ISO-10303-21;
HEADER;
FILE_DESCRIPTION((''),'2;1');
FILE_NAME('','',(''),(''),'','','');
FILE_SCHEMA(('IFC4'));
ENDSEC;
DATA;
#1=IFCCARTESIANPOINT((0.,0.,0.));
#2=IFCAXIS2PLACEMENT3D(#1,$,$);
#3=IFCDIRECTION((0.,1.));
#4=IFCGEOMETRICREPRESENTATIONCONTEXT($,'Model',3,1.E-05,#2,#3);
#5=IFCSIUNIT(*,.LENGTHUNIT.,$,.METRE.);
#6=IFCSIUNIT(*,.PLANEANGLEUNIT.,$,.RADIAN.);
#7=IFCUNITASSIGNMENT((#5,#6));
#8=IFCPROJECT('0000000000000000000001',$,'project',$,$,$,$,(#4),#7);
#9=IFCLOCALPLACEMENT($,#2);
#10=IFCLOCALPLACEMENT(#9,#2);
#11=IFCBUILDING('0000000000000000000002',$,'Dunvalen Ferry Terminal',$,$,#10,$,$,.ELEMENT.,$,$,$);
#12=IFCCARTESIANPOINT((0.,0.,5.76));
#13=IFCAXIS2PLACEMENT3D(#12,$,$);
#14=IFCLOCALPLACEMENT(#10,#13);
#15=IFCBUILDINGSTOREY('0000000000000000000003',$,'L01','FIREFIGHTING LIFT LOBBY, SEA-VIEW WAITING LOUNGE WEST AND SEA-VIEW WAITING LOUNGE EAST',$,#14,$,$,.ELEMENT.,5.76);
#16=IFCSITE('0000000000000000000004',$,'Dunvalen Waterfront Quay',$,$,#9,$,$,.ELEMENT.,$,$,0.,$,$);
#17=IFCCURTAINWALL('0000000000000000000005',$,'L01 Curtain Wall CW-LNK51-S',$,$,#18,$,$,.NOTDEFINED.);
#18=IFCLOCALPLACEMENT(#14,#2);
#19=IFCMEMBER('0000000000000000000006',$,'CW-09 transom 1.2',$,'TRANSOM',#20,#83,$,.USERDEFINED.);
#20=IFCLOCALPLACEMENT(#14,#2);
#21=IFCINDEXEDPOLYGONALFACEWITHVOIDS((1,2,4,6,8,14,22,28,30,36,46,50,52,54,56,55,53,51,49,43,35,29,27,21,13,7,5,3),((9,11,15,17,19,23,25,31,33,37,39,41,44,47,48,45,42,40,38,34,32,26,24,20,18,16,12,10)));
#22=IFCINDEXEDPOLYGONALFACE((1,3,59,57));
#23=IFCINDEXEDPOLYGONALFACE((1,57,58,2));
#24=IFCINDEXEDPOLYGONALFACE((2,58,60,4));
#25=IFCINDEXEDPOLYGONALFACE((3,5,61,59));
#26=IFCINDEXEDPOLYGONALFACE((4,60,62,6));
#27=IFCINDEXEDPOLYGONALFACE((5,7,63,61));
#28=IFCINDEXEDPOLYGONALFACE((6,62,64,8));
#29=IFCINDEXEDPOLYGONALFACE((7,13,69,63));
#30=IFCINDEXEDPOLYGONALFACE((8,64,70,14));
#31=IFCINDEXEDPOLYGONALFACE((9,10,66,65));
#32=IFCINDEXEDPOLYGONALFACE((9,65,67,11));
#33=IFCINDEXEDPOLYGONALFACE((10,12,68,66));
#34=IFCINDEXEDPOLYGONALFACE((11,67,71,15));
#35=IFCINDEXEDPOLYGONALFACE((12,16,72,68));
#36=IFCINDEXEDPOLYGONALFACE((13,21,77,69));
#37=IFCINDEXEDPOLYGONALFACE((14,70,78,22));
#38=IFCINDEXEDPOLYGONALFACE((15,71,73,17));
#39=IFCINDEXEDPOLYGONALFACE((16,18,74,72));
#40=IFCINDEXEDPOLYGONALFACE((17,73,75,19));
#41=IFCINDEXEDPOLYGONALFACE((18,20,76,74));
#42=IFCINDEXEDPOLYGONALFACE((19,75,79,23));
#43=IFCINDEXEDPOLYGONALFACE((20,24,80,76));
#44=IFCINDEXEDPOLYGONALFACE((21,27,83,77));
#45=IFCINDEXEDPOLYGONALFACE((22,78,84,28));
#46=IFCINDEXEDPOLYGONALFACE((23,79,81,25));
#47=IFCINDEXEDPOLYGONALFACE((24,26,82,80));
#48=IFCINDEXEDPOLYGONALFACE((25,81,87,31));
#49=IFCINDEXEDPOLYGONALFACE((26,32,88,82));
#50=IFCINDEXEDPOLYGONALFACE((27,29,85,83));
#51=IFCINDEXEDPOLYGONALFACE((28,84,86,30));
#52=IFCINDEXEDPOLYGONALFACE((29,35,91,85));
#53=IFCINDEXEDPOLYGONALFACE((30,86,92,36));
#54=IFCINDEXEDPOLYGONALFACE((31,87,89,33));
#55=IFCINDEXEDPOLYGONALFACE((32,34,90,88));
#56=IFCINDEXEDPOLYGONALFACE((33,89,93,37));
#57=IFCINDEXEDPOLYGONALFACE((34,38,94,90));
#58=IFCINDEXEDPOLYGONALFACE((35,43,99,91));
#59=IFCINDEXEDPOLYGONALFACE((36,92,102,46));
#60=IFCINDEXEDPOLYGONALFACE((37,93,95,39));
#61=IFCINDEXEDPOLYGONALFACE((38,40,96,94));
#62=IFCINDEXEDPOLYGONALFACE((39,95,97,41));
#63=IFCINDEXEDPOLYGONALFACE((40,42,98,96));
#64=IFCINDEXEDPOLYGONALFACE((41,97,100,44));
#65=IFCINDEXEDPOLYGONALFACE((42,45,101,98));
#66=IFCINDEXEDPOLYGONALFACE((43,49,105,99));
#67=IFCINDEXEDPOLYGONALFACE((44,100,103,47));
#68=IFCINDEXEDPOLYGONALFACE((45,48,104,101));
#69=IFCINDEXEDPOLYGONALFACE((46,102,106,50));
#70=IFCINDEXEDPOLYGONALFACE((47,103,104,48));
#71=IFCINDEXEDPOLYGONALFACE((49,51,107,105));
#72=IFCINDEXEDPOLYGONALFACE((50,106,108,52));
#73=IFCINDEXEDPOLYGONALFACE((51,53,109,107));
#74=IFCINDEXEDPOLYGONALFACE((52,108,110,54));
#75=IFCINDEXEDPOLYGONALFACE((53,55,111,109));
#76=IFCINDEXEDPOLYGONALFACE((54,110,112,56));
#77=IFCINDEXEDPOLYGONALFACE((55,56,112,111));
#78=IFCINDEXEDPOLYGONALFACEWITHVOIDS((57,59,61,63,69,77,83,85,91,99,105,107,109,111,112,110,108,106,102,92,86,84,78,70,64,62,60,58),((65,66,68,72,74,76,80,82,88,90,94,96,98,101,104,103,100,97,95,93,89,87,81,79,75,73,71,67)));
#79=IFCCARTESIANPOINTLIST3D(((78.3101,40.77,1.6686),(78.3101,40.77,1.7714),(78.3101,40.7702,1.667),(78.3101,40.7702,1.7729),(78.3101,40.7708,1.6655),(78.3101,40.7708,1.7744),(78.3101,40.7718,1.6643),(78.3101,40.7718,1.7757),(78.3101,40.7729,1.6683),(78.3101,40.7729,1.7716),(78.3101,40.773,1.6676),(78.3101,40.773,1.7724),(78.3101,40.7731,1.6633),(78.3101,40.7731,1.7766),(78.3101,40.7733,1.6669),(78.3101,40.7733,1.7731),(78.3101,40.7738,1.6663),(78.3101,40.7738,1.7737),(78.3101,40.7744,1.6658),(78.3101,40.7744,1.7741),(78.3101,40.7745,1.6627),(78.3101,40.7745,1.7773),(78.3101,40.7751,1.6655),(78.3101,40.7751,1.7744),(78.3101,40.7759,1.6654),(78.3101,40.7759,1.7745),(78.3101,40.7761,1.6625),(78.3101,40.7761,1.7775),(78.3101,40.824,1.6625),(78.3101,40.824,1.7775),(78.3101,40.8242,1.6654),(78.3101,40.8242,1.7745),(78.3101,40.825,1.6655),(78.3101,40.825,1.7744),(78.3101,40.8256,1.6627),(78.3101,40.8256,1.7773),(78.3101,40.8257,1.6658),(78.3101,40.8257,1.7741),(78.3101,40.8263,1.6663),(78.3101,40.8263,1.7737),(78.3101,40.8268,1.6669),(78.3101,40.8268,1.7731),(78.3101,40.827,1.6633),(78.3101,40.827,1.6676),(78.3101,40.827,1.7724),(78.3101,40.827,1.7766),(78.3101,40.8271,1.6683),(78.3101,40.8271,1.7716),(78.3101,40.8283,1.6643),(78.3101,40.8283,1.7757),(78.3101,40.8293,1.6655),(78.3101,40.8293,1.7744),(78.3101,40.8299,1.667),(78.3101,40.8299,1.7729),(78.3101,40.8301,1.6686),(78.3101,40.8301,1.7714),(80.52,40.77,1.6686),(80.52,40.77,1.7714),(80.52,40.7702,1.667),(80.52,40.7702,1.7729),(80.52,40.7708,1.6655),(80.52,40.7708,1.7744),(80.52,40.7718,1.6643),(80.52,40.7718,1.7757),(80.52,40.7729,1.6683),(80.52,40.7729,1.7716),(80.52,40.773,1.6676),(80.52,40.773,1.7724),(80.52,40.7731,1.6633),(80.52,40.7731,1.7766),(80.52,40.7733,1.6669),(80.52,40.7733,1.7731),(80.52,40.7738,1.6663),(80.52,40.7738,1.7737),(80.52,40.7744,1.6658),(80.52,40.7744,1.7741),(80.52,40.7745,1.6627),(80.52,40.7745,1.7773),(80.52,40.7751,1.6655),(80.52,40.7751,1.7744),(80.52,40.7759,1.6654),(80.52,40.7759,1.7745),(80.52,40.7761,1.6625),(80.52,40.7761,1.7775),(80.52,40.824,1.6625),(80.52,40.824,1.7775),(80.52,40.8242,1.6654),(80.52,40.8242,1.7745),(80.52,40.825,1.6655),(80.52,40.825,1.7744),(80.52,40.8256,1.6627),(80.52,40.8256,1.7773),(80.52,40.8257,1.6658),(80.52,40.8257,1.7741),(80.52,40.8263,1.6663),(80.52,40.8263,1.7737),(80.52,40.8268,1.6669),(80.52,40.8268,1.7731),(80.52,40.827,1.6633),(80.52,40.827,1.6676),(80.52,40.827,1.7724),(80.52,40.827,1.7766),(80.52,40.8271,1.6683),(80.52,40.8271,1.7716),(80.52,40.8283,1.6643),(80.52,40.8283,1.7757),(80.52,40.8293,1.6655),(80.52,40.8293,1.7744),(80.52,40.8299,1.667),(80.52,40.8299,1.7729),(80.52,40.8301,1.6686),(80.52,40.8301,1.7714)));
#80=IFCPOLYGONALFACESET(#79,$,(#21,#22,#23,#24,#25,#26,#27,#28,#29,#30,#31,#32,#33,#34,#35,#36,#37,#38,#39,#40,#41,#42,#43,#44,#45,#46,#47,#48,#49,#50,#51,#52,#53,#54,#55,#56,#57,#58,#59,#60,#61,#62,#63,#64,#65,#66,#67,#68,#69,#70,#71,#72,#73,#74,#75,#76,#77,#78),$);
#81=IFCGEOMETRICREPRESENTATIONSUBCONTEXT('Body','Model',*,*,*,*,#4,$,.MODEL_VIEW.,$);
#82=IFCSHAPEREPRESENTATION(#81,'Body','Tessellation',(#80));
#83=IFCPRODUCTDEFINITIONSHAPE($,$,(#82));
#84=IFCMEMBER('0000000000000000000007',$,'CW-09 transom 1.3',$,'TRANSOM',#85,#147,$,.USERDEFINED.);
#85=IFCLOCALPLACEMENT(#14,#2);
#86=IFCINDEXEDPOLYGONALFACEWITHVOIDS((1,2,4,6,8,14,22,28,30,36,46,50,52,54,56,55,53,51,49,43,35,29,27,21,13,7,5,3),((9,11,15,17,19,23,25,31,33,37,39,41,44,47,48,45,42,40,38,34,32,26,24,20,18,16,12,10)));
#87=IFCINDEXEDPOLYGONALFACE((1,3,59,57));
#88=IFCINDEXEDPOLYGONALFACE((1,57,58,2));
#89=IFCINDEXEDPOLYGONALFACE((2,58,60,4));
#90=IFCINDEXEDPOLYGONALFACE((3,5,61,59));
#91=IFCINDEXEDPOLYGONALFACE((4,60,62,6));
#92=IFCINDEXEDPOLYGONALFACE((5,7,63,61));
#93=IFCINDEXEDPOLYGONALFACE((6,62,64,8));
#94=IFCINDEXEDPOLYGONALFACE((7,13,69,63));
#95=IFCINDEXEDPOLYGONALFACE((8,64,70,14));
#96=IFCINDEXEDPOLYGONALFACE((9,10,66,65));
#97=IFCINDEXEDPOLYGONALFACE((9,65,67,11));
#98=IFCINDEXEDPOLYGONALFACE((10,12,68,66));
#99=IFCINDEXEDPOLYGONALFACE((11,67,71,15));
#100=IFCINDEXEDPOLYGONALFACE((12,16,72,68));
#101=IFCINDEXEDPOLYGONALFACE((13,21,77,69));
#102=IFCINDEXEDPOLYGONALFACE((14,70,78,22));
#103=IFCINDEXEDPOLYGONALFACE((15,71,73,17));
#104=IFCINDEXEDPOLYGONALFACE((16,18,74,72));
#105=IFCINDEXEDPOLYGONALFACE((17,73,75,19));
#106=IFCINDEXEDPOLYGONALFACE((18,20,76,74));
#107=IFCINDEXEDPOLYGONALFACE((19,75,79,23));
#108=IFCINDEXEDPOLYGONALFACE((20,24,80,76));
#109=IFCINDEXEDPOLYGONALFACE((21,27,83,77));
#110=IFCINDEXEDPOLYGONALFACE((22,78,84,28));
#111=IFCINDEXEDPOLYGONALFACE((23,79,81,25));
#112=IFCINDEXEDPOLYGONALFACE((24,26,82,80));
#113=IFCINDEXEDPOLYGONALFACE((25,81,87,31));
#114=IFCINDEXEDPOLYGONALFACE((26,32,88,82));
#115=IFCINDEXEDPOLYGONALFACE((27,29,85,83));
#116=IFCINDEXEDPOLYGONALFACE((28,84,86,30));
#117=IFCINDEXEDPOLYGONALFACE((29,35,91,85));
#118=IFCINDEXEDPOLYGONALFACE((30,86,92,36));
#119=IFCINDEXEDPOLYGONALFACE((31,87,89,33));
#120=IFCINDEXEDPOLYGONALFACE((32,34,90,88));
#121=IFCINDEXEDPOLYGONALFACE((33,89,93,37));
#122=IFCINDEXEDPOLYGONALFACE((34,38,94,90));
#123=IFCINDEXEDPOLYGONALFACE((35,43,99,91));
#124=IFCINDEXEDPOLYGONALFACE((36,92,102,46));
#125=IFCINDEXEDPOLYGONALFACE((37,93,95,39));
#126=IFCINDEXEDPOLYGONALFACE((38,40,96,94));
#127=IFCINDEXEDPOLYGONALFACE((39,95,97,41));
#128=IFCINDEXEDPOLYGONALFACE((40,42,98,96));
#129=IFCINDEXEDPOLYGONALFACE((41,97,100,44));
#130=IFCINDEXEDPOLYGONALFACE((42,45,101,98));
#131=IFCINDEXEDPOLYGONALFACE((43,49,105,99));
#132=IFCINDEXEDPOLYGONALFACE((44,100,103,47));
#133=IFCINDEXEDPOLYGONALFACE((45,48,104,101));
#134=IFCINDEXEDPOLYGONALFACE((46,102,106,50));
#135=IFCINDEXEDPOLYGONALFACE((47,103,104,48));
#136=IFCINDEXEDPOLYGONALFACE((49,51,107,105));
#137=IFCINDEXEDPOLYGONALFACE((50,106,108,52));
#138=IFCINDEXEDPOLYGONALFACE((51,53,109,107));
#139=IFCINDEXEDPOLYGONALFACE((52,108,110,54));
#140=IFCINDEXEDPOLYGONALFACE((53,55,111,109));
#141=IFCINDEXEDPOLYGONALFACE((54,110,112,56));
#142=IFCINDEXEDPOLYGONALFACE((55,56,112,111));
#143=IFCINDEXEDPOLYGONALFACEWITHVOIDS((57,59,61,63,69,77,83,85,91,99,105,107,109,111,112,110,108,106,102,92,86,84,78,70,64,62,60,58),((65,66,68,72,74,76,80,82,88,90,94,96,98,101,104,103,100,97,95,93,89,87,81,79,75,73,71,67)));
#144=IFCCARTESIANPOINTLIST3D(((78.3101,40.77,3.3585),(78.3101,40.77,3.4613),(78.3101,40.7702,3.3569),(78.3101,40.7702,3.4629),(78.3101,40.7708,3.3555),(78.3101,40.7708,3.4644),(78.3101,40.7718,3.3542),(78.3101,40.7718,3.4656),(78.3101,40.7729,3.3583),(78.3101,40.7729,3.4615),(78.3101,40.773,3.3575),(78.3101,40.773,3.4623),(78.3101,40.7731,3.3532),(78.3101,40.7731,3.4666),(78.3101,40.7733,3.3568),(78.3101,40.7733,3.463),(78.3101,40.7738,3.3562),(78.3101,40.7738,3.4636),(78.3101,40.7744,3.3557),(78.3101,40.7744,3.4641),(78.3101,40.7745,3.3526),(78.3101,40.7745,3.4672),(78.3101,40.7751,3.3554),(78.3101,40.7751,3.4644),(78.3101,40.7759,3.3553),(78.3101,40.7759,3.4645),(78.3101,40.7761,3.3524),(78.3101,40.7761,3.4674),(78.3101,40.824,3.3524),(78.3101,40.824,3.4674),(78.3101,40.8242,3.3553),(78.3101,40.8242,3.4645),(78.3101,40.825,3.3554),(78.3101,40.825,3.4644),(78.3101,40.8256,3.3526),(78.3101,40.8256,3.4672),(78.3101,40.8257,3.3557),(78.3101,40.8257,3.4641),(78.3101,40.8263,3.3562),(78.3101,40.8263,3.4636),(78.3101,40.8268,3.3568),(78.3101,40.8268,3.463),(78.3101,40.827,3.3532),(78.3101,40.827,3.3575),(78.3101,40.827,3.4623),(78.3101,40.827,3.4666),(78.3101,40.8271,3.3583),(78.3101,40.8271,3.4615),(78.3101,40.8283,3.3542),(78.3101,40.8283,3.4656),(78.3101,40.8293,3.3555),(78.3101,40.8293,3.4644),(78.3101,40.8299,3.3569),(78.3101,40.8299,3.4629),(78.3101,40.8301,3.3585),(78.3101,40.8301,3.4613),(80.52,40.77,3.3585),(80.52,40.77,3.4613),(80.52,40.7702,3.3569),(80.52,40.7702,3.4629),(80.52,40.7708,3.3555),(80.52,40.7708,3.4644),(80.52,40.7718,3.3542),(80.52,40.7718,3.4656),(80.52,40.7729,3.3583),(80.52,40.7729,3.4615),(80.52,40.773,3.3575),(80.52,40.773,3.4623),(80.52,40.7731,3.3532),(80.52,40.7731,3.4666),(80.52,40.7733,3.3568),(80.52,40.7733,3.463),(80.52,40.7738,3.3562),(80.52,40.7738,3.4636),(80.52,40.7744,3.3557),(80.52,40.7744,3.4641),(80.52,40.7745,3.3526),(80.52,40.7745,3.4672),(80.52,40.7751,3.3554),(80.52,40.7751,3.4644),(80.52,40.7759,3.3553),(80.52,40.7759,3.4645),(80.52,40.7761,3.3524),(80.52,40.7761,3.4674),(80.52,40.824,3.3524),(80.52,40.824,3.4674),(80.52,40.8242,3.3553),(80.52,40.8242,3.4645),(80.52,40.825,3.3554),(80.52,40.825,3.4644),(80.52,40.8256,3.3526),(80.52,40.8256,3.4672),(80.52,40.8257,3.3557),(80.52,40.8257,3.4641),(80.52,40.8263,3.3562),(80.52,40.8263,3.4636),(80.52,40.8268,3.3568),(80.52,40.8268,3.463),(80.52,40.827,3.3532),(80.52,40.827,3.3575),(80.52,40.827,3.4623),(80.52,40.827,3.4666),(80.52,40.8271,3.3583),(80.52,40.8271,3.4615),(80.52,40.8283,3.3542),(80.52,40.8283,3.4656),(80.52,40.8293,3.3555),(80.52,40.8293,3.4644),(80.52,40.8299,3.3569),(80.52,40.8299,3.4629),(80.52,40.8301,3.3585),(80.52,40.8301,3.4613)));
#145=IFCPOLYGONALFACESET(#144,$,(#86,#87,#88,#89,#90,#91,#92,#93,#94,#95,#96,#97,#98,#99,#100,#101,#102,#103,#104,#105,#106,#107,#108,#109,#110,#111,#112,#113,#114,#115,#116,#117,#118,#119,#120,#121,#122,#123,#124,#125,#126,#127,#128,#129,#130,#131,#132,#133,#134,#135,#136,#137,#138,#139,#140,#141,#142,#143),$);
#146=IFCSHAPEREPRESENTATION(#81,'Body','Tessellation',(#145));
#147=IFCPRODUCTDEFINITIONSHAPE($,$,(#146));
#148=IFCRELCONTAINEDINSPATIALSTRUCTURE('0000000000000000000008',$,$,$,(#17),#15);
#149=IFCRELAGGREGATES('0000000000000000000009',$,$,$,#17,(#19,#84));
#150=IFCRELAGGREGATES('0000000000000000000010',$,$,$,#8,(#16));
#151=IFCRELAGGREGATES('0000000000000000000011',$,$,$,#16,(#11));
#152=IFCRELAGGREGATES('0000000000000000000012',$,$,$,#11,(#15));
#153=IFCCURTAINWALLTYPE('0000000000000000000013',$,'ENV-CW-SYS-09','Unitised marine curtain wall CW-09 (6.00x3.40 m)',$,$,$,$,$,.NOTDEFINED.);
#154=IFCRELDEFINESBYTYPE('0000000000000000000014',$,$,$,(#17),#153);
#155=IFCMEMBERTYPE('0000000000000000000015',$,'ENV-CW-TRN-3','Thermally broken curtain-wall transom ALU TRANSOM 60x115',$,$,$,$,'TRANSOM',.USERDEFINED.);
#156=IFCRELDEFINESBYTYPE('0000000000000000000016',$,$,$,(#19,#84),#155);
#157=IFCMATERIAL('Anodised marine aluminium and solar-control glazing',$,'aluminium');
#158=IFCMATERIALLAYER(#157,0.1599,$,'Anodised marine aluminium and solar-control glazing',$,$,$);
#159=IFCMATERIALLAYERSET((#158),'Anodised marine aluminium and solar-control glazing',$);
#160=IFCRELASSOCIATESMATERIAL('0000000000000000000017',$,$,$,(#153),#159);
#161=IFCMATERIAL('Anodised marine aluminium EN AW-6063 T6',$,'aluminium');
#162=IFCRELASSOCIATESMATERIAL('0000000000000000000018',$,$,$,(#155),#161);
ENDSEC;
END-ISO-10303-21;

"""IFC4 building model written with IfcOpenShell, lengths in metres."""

from ifc_helpers import new_model, si_unit, direction, frame, origin, origin_2d, place, context, subcontext, project, spatial, hollow_rectangle, extrude, material, layer, layer_set, material_profile, profile_set, type_object, element, aggregate, save


model = new_model("IFC4")

# Units and contexts
model_context = context("Model", 3, precision=1e-05, world=origin(), true_north=direction((0.0, 1.0)))
body_context = subcontext(model_context, "Body", "Model", "MODEL_VIEW")
ifc_project = project(units=[si_unit("LENGTHUNIT", "METRE"), si_unit("PLANEANGLEUNIT", "RADIAN")], contexts=[model_context])

# Site, building, storey
site_placement = place(None, origin())
site = spatial("IfcSite", under=ifc_project, at=site_placement, Name="Dunvalen Waterfront Quay", CompositionType="ELEMENT", RefElevation=0.0)
building_placement = place(site_placement, origin())
building = spatial("IfcBuilding", under=site, at=building_placement, Name="Dunvalen Ferry Terminal", CompositionType="ELEMENT")
storey_placement = place(building_placement, frame((0.0, 0.0, 5.76)))
storey = spatial("IfcBuildingStorey", under=building, at=storey_placement, Name="L01", Description="FIREFIGHTING LIFT LOBBY, SEA-VIEW WAITING LOUNGE WEST AND SEA-VIEW WAITING LOUNGE EAST", CompositionType="ELEMENT", Elevation=5.76)

# Curtain wall
ifc_material_1 = material(Name="Anodised marine aluminium and solar-control glazing", Category="aluminium")
ifc_material_2 = material(Name="Anodised marine aluminium EN AW-6063 T6", Category="aluminium")
ifc_layer_1 = layer(ifc_material_1, 0.1599, Name="Anodised marine aluminium and solar-control glazing")
ifc_layer_set_1 = layer_set([ifc_layer_1], Name="Anodised marine aluminium and solar-control glazing")
curtain_wall_type_1 = type_object("IfcCurtainWallType", Name="ENV-CW-SYS-09", Description="Unitised marine curtain wall CW-09 (6.00x3.40 m)", PredefinedType="NOTDEFINED", material=ifc_layer_set_1)
curtain_wall_1_placement = place(storey_placement, origin())
curtain_wall_1 = element("IfcCurtainWall", 1, at=curtain_wall_1_placement, inside=storey, type_object=curtain_wall_type_1, Name="L01 Curtain Wall CW-LNK51-S", PredefinedType="NOTDEFINED")

# Members
ifc_material_profile_1 = material_profile(ifc_material_2, hollow_rectangle(XDim=0.0601, YDim=0.115, WallThickness=0.0029, InnerFilletRadius=0.0029, OuterFilletRadius=0.0061, at=origin_2d()), Name="Anodised marine aluminium EN AW-6063 T6")
ifc_profile_set_1 = profile_set([ifc_material_profile_1], Name="Anodised marine aluminium EN AW-6063 T6")
member_type_1 = type_object("IfcMemberType", Name="ENV-CW-TRN-3", Description="Thermally broken curtain-wall transom ALU TRANSOM 60x115", ElementType="TRANSOM", PredefinedType="USERDEFINED", material=ifc_profile_set_1)
member_1_placement = place(storey_placement, frame((78.3101, 40.8, 1.72), z_axis=(1.0, 0.0, 0.0), x_axis=(0.0, 1.0, 0.0)))
member_1 = element("IfcMember", 2, at=member_1_placement, type_object=member_type_1, Name="CW-09 transom 1.2", ObjectType="TRANSOM", PredefinedType="USERDEFINED", context=body_context, shape_type="SweptSolid", body=[
    extrude(hollow_rectangle(XDim=0.0601, YDim=0.115, WallThickness=0.0029, InnerFilletRadius=0.0029, OuterFilletRadius=0.0061, at=origin_2d()), origin(), (0.0, 0.0, 1.0), 2.21),
])
member_2_placement = place(storey_placement, frame((78.3101, 40.8, 3.4099), z_axis=(1.0, 0.0, 0.0), x_axis=(0.0, 1.0, 0.0)))
member_2 = element("IfcMember", 3, at=member_2_placement, type_object=member_type_1, Name="CW-09 transom 1.3", ObjectType="TRANSOM", PredefinedType="USERDEFINED", context=body_context, shape_type="SweptSolid", body=[
    extrude(hollow_rectangle(XDim=0.0601, YDim=0.115, WallThickness=0.0029, InnerFilletRadius=0.0029, OuterFilletRadius=0.0061, at=origin_2d()), origin(), (0.0, 0.0, 1.0), 2.21),
])

aggregate(curtain_wall_1, [member_1, member_2])

save(model, "model.ifc")
